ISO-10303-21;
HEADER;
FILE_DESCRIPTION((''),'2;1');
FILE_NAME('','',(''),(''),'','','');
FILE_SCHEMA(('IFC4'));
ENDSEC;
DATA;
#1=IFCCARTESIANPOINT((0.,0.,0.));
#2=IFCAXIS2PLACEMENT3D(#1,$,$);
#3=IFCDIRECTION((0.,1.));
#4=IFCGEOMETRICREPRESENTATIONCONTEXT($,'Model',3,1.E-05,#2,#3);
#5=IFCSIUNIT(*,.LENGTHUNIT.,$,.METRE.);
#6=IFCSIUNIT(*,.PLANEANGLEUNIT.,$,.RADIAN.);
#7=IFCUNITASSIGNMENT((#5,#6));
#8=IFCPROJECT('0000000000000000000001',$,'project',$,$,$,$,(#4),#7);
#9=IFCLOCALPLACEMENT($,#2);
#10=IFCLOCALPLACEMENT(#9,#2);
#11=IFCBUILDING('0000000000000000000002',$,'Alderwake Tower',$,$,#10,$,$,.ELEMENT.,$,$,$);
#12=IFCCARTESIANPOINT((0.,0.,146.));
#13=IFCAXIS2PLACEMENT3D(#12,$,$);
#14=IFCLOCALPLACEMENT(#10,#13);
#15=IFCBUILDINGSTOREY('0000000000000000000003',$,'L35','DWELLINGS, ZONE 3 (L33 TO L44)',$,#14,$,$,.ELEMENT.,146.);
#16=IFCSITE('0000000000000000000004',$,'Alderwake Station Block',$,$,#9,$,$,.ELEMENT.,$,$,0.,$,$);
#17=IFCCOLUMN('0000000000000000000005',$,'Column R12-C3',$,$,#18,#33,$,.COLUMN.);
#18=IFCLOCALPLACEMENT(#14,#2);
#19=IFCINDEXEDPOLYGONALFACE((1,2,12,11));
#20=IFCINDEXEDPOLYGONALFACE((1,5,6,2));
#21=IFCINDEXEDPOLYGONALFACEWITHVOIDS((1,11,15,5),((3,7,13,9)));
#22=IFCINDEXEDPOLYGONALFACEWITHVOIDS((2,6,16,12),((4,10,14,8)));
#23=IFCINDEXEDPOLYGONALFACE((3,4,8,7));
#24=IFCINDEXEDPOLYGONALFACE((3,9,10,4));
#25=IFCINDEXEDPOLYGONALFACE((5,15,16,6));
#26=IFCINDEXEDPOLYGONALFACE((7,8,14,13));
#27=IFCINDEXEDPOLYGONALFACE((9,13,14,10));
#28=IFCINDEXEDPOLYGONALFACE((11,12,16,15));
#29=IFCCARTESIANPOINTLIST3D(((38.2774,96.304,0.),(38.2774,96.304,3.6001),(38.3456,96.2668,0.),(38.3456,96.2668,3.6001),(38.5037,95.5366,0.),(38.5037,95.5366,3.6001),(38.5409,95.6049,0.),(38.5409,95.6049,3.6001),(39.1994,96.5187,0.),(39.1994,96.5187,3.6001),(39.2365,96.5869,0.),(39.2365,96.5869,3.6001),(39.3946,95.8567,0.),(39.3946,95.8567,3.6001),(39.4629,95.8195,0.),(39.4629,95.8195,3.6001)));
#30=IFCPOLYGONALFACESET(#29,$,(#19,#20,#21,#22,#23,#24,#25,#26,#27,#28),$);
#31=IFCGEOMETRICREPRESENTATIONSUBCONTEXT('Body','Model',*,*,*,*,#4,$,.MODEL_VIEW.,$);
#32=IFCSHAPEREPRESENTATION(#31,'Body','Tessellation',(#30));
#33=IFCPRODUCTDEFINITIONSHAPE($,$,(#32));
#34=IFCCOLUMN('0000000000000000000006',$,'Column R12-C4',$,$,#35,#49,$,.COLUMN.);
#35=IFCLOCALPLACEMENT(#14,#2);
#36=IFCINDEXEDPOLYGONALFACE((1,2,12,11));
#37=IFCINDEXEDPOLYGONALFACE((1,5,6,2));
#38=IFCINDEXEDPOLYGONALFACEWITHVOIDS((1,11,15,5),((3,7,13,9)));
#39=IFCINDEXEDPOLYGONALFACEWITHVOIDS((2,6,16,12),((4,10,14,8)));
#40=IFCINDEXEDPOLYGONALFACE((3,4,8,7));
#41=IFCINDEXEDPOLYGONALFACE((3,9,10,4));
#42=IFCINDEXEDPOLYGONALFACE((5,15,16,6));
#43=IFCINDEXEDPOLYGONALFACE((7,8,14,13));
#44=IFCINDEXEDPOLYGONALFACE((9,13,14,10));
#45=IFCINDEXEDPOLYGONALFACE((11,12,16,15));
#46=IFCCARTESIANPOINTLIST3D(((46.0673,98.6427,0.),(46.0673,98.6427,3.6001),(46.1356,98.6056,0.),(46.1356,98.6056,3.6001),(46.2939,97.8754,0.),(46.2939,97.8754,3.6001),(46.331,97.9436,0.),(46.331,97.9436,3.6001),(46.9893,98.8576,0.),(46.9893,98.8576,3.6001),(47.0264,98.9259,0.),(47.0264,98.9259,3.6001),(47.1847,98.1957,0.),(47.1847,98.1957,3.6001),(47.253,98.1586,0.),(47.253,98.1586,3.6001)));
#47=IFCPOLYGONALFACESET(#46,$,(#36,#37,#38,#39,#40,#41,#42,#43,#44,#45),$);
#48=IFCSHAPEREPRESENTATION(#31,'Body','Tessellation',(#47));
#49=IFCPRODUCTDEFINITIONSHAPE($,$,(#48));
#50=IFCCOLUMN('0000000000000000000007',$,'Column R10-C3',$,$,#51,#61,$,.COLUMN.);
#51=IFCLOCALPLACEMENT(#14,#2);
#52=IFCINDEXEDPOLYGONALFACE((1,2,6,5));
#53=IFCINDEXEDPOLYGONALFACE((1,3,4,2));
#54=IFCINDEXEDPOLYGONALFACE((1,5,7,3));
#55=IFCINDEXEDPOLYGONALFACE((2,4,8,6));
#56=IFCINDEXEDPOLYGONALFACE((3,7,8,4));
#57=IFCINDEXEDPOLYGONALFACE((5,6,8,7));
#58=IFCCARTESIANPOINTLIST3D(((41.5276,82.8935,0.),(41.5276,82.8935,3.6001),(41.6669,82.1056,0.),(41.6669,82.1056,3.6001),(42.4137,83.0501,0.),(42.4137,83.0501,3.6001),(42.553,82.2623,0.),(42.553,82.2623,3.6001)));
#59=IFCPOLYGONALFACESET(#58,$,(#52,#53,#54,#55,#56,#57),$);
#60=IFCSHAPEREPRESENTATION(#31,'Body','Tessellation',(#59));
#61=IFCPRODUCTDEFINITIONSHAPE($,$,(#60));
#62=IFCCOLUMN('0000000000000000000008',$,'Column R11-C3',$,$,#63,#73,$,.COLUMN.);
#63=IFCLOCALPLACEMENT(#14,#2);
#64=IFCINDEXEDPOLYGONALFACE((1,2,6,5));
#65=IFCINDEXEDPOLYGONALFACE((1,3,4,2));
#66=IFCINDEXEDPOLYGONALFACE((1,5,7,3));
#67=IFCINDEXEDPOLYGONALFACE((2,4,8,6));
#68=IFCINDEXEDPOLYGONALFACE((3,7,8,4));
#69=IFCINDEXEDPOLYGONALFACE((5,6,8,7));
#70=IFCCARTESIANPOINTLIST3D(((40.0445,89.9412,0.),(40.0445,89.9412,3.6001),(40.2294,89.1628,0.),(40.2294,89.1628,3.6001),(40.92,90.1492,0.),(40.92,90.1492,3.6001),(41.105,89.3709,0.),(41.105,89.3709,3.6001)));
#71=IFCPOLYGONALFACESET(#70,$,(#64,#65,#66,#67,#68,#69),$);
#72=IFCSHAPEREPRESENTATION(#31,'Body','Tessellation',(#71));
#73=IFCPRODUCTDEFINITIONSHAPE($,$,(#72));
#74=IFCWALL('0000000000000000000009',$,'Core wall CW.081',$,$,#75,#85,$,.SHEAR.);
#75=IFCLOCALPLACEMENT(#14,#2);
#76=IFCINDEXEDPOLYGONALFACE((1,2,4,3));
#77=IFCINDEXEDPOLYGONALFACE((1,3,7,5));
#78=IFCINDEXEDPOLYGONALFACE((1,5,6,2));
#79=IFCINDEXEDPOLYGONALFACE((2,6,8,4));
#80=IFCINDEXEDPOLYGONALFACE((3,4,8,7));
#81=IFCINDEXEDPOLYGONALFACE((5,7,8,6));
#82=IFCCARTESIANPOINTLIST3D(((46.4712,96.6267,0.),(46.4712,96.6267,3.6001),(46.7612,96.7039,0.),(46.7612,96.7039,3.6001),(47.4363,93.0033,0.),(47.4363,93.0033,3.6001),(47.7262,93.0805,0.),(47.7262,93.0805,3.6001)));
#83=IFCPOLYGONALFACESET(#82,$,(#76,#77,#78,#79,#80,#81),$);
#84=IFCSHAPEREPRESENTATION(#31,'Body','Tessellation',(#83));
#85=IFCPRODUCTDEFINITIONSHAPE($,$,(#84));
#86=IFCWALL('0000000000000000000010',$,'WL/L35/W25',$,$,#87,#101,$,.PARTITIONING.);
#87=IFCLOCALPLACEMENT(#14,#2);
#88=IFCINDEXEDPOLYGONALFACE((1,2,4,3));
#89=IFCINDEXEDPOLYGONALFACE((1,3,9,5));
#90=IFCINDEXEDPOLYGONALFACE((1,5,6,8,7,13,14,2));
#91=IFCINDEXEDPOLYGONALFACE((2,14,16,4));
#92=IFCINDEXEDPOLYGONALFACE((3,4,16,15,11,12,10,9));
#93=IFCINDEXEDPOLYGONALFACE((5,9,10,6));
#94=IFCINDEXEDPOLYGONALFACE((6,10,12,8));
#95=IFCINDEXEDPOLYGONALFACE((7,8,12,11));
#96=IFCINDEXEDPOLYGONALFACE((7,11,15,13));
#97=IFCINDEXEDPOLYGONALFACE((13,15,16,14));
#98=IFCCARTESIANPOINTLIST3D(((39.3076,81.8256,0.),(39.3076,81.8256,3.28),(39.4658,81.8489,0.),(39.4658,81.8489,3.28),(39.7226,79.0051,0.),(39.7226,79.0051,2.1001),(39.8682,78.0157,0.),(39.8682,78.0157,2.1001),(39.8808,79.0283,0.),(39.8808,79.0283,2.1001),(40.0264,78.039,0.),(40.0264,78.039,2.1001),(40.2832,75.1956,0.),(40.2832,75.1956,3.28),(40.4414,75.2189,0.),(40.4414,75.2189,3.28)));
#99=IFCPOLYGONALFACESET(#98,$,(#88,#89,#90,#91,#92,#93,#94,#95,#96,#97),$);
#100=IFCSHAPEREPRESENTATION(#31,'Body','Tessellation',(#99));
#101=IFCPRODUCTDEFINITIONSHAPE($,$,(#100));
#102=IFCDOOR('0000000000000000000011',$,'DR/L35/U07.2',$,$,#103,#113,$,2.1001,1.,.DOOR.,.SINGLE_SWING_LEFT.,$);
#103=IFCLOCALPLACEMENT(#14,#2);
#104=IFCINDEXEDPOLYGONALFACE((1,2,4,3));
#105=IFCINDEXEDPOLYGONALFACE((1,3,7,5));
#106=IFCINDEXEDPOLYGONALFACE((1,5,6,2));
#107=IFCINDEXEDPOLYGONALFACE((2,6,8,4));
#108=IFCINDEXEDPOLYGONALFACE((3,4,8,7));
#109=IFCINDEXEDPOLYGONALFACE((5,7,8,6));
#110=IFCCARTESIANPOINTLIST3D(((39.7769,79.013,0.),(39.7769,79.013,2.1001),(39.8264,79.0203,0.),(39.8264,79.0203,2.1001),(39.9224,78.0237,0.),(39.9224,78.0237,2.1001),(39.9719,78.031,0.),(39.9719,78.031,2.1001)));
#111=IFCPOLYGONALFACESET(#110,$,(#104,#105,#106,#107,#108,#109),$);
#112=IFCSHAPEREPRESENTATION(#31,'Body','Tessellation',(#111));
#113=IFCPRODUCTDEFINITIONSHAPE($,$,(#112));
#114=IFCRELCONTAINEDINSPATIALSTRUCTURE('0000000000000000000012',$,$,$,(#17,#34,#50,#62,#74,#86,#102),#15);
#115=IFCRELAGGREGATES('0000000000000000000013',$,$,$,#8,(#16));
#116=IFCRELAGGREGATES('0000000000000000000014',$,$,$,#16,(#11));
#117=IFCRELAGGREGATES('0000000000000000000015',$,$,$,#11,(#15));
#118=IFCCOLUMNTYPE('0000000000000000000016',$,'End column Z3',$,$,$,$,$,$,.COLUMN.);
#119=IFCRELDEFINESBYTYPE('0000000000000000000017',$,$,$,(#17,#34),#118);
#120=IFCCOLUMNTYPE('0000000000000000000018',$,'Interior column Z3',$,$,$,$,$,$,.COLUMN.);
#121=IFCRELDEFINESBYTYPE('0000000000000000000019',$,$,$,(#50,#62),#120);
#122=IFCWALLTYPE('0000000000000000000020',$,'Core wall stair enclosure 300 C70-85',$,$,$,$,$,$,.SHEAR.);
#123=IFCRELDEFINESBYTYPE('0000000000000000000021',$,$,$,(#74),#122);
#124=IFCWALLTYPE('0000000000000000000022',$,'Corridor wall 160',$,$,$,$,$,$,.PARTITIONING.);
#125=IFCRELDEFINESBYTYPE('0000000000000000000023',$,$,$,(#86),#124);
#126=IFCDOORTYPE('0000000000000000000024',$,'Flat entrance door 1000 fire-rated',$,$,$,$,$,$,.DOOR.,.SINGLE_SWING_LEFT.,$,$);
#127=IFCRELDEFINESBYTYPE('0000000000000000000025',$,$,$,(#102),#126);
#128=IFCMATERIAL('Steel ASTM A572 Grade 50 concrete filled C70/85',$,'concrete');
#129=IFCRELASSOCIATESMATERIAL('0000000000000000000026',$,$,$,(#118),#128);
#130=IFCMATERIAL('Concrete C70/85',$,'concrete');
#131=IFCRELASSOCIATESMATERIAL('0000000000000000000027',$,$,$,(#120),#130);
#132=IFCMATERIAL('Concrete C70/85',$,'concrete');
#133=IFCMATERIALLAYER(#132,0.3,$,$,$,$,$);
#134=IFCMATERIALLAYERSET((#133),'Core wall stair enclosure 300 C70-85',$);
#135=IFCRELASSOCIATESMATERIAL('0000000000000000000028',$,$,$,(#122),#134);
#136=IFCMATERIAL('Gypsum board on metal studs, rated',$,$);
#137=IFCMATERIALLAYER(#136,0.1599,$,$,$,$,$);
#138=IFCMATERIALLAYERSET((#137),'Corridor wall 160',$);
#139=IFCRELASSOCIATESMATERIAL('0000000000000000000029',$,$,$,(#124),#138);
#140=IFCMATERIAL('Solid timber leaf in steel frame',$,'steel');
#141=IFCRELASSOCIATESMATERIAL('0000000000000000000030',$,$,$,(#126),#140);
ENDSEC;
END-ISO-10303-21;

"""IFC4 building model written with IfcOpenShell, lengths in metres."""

from ifc_helpers import new_model, si_unit, direction, frame, frame_2d, origin, origin_2d, place, context, subcontext, project, spatial, rectangle, hollow_rectangle, extrude, material, layer, layer_set, material_profile, profile_set, type_object, element, fill, save


model = new_model("IFC4")

# Units and contexts
model_context = context("Model", 3, precision=1e-05, world=origin(), true_north=direction((0.0, 1.0)))
body_context = subcontext(model_context, "Body", "Model", "MODEL_VIEW")
ifc_project = project(units=[si_unit("LENGTHUNIT", "METRE"), si_unit("PLANEANGLEUNIT", "RADIAN")], contexts=[model_context])

# Site, building, storey
site_placement = place(None, origin())
site = spatial("IfcSite", under=ifc_project, at=site_placement, Name="Alderwake Station Block", CompositionType="ELEMENT", RefElevation=0.0)
building_placement = place(site_placement, origin())
building = spatial("IfcBuilding", under=site, at=building_placement, Name="Alderwake Tower", CompositionType="ELEMENT")
storey_placement = place(building_placement, frame((0.0, 0.0, 146.0)))
storey = spatial("IfcBuildingStorey", under=building, at=storey_placement, Name="L35", Description="DWELLINGS, ZONE 3 (L33 TO L44)", CompositionType="ELEMENT", Elevation=146.0)

# Columns
ifc_material_1 = material(Name="Steel ASTM A572 Grade 50 concrete filled C70/85", Category="concrete")
ifc_material_profile_1 = material_profile(ifc_material_1, hollow_rectangle(XDim=0.8, YDim=1.0, WallThickness=0.0549, at=origin_2d()), Name="BOX 1000X800X55")
ifc_profile_set_1 = profile_set([ifc_material_profile_1], Name="Steel ASTM A572 Grade 50 concrete filled C70/85")
column_type_1 = type_object("IfcColumnType", Name="End column Z3", PredefinedType="COLUMN", material=ifc_profile_set_1)
for number, where, z_axis, x_axis, name in (
    (1, (38.8701, 96.0618, 0.0), (0.0, 0.0, 1.0), (-0.282909, 0.959147, 0.0), "Column R12-C3"),
    (2, (46.6602, 98.4006, 0.0), (0.0, 0.0, 1.0), (-0.283195, 0.959062, 0.0), "Column R12-C4"),
):
    element("IfcColumn", number, at=place(storey_placement, frame(where, z_axis=z_axis, x_axis=x_axis)), inside=storey, type_object=column_type_1, Name=name, PredefinedType="COLUMN", context=body_context, shape_type="SweptSolid", body=[
        extrude(hollow_rectangle(XDim=0.8, YDim=1.0, WallThickness=0.0549, at=origin_2d()), origin(), (0.0, 0.0, 1.0), 3.6001),
    ])
ifc_material_2 = material(Name="Concrete C70/85", Category="concrete")
ifc_material_profile_2 = material_profile(ifc_material_2, rectangle(XDim=0.8, YDim=0.8999, at=origin_2d()), Name="RC 900X800")
ifc_profile_set_2 = profile_set([ifc_material_profile_2], Name="Concrete C70/85")
column_type_2 = type_object("IfcColumnType", Name="Interior column Z3", PredefinedType="COLUMN", material=ifc_profile_set_2)
for number, where, z_axis, x_axis, name in (
    (3, (42.0403, 82.5779, 0.0), (0.0, 0.0, 1.0), (-0.174109, 0.984726, 0.0), "Column R10-C3"),
    (4, (40.5747, 89.656, 0.0), (0.0, 0.0, 1.0), (-0.231222, 0.972901, 0.0), "Column R11-C3"),
):
    element("IfcColumn", number, at=place(storey_placement, frame(where, z_axis=z_axis, x_axis=x_axis)), inside=storey, type_object=column_type_2, Name=name, PredefinedType="COLUMN", context=body_context, shape_type="SweptSolid", body=[
        extrude(rectangle(XDim=0.8, YDim=0.8999, at=origin_2d()), origin(), (0.0, 0.0, 1.0), 3.6001),
    ])

# Wall
ifc_material_3 = material(Name="Concrete C70/85", Category="concrete")
ifc_layer_1 = layer(ifc_material_3, 0.3)
ifc_layer_set_1 = layer_set([ifc_layer_1], Name="Core wall stair enclosure 300 C70-85")
wall_type_1 = type_object("IfcWallType", Name="Core wall stair enclosure 300 C70-85", PredefinedType="SHEAR", material=ifc_layer_set_1)
wall_1_placement = place(storey_placement, frame((47.5813, 93.0417, 0.0), z_axis=(0.0, 0.0, 1.0), x_axis=(-0.257367, 0.966314, 0.0)))
element("IfcWall", 5, at=wall_1_placement, inside=storey, type_object=wall_type_1, Name="Core wall CW.081", PredefinedType="SHEAR", context=body_context, shape_type="SweptSolid", body=[
    extrude(rectangle(XDim=3.7498, YDim=0.3, at=frame_2d((1.875, 0.0))), origin(), (0.0, 0.0, 1.0), 3.6001),
])

# Wall, opening, door
ifc_material_4 = material(Name="Gypsum board on metal studs, rated")
ifc_layer_2 = layer(ifc_material_4, 0.1599)
ifc_layer_set_2 = layer_set([ifc_layer_2], Name="Corridor wall 160")
wall_type_2 = type_object("IfcWallType", Name="Corridor wall 160", PredefinedType="PARTITIONING", material=ifc_layer_set_2)
wall_2_placement = place(storey_placement, frame((39.3867, 81.8372, 0.0), z_axis=(0.0, 0.0, 1.0), x_axis=(0.145577, -0.989347, 0.0)))
wall_2 = element("IfcWall", 6, at=wall_2_placement, inside=storey, type_object=wall_type_2, Name="WL/L35/W25", PredefinedType="PARTITIONING", context=body_context, shape_type="SweptSolid", body=[
    extrude(rectangle(XDim=6.7014, YDim=0.1599, at=frame_2d((3.3506, 0.0))), origin(), (0.0, 0.0, 1.0), 3.28),
])
opening_1_placement = place(wall_2_placement, frame((2.8508, 0.0, 0.0)))
opening_1 = element("IfcOpeningElement", 7, at=opening_1_placement, cuts=wall_2, PredefinedType="OPENING", context=body_context, shape_type="SweptSolid", body=[
    extrude(rectangle(XDim=1.0, YDim=2.1001, at=frame_2d((0.5, 1.05))), frame((0.0, 0.0898, 0.0), z_axis=(0.0, -1.0, 0.0), x_axis=(1.0, 0.0, 0.0)), (0.0, 0.0, 1.0), 0.1799),
])
ifc_material_5 = material(Name="Solid timber leaf in steel frame", Category="steel")
door_type_1 = type_object("IfcDoorType", Name="Flat entrance door 1000 fire-rated", OperationType="SINGLE_SWING_LEFT", PredefinedType="DOOR", material=ifc_material_5)
door_1_placement = place(opening_1_placement, origin())
door_1 = element("IfcDoor", 8, at=door_1_placement, inside=storey, type_object=door_type_1, Name="DR/L35/U07.2", OperationType="SINGLE_SWING_LEFT", OverallHeight=2.1001, OverallWidth=1.0, PredefinedType="DOOR", context=body_context, shape_type="SweptSolid", body=[
    extrude(rectangle(XDim=1.0, YDim=2.1001, at=frame_2d((0.5, 1.05))), frame((0.0, 0.0249, 0.0), z_axis=(0.0, -1.0, 0.0), x_axis=(1.0, 0.0, 0.0)), (0.0, 0.0, 1.0), 0.05),
])
fill(opening_1, door_1)

save(model, "model.ifc")
